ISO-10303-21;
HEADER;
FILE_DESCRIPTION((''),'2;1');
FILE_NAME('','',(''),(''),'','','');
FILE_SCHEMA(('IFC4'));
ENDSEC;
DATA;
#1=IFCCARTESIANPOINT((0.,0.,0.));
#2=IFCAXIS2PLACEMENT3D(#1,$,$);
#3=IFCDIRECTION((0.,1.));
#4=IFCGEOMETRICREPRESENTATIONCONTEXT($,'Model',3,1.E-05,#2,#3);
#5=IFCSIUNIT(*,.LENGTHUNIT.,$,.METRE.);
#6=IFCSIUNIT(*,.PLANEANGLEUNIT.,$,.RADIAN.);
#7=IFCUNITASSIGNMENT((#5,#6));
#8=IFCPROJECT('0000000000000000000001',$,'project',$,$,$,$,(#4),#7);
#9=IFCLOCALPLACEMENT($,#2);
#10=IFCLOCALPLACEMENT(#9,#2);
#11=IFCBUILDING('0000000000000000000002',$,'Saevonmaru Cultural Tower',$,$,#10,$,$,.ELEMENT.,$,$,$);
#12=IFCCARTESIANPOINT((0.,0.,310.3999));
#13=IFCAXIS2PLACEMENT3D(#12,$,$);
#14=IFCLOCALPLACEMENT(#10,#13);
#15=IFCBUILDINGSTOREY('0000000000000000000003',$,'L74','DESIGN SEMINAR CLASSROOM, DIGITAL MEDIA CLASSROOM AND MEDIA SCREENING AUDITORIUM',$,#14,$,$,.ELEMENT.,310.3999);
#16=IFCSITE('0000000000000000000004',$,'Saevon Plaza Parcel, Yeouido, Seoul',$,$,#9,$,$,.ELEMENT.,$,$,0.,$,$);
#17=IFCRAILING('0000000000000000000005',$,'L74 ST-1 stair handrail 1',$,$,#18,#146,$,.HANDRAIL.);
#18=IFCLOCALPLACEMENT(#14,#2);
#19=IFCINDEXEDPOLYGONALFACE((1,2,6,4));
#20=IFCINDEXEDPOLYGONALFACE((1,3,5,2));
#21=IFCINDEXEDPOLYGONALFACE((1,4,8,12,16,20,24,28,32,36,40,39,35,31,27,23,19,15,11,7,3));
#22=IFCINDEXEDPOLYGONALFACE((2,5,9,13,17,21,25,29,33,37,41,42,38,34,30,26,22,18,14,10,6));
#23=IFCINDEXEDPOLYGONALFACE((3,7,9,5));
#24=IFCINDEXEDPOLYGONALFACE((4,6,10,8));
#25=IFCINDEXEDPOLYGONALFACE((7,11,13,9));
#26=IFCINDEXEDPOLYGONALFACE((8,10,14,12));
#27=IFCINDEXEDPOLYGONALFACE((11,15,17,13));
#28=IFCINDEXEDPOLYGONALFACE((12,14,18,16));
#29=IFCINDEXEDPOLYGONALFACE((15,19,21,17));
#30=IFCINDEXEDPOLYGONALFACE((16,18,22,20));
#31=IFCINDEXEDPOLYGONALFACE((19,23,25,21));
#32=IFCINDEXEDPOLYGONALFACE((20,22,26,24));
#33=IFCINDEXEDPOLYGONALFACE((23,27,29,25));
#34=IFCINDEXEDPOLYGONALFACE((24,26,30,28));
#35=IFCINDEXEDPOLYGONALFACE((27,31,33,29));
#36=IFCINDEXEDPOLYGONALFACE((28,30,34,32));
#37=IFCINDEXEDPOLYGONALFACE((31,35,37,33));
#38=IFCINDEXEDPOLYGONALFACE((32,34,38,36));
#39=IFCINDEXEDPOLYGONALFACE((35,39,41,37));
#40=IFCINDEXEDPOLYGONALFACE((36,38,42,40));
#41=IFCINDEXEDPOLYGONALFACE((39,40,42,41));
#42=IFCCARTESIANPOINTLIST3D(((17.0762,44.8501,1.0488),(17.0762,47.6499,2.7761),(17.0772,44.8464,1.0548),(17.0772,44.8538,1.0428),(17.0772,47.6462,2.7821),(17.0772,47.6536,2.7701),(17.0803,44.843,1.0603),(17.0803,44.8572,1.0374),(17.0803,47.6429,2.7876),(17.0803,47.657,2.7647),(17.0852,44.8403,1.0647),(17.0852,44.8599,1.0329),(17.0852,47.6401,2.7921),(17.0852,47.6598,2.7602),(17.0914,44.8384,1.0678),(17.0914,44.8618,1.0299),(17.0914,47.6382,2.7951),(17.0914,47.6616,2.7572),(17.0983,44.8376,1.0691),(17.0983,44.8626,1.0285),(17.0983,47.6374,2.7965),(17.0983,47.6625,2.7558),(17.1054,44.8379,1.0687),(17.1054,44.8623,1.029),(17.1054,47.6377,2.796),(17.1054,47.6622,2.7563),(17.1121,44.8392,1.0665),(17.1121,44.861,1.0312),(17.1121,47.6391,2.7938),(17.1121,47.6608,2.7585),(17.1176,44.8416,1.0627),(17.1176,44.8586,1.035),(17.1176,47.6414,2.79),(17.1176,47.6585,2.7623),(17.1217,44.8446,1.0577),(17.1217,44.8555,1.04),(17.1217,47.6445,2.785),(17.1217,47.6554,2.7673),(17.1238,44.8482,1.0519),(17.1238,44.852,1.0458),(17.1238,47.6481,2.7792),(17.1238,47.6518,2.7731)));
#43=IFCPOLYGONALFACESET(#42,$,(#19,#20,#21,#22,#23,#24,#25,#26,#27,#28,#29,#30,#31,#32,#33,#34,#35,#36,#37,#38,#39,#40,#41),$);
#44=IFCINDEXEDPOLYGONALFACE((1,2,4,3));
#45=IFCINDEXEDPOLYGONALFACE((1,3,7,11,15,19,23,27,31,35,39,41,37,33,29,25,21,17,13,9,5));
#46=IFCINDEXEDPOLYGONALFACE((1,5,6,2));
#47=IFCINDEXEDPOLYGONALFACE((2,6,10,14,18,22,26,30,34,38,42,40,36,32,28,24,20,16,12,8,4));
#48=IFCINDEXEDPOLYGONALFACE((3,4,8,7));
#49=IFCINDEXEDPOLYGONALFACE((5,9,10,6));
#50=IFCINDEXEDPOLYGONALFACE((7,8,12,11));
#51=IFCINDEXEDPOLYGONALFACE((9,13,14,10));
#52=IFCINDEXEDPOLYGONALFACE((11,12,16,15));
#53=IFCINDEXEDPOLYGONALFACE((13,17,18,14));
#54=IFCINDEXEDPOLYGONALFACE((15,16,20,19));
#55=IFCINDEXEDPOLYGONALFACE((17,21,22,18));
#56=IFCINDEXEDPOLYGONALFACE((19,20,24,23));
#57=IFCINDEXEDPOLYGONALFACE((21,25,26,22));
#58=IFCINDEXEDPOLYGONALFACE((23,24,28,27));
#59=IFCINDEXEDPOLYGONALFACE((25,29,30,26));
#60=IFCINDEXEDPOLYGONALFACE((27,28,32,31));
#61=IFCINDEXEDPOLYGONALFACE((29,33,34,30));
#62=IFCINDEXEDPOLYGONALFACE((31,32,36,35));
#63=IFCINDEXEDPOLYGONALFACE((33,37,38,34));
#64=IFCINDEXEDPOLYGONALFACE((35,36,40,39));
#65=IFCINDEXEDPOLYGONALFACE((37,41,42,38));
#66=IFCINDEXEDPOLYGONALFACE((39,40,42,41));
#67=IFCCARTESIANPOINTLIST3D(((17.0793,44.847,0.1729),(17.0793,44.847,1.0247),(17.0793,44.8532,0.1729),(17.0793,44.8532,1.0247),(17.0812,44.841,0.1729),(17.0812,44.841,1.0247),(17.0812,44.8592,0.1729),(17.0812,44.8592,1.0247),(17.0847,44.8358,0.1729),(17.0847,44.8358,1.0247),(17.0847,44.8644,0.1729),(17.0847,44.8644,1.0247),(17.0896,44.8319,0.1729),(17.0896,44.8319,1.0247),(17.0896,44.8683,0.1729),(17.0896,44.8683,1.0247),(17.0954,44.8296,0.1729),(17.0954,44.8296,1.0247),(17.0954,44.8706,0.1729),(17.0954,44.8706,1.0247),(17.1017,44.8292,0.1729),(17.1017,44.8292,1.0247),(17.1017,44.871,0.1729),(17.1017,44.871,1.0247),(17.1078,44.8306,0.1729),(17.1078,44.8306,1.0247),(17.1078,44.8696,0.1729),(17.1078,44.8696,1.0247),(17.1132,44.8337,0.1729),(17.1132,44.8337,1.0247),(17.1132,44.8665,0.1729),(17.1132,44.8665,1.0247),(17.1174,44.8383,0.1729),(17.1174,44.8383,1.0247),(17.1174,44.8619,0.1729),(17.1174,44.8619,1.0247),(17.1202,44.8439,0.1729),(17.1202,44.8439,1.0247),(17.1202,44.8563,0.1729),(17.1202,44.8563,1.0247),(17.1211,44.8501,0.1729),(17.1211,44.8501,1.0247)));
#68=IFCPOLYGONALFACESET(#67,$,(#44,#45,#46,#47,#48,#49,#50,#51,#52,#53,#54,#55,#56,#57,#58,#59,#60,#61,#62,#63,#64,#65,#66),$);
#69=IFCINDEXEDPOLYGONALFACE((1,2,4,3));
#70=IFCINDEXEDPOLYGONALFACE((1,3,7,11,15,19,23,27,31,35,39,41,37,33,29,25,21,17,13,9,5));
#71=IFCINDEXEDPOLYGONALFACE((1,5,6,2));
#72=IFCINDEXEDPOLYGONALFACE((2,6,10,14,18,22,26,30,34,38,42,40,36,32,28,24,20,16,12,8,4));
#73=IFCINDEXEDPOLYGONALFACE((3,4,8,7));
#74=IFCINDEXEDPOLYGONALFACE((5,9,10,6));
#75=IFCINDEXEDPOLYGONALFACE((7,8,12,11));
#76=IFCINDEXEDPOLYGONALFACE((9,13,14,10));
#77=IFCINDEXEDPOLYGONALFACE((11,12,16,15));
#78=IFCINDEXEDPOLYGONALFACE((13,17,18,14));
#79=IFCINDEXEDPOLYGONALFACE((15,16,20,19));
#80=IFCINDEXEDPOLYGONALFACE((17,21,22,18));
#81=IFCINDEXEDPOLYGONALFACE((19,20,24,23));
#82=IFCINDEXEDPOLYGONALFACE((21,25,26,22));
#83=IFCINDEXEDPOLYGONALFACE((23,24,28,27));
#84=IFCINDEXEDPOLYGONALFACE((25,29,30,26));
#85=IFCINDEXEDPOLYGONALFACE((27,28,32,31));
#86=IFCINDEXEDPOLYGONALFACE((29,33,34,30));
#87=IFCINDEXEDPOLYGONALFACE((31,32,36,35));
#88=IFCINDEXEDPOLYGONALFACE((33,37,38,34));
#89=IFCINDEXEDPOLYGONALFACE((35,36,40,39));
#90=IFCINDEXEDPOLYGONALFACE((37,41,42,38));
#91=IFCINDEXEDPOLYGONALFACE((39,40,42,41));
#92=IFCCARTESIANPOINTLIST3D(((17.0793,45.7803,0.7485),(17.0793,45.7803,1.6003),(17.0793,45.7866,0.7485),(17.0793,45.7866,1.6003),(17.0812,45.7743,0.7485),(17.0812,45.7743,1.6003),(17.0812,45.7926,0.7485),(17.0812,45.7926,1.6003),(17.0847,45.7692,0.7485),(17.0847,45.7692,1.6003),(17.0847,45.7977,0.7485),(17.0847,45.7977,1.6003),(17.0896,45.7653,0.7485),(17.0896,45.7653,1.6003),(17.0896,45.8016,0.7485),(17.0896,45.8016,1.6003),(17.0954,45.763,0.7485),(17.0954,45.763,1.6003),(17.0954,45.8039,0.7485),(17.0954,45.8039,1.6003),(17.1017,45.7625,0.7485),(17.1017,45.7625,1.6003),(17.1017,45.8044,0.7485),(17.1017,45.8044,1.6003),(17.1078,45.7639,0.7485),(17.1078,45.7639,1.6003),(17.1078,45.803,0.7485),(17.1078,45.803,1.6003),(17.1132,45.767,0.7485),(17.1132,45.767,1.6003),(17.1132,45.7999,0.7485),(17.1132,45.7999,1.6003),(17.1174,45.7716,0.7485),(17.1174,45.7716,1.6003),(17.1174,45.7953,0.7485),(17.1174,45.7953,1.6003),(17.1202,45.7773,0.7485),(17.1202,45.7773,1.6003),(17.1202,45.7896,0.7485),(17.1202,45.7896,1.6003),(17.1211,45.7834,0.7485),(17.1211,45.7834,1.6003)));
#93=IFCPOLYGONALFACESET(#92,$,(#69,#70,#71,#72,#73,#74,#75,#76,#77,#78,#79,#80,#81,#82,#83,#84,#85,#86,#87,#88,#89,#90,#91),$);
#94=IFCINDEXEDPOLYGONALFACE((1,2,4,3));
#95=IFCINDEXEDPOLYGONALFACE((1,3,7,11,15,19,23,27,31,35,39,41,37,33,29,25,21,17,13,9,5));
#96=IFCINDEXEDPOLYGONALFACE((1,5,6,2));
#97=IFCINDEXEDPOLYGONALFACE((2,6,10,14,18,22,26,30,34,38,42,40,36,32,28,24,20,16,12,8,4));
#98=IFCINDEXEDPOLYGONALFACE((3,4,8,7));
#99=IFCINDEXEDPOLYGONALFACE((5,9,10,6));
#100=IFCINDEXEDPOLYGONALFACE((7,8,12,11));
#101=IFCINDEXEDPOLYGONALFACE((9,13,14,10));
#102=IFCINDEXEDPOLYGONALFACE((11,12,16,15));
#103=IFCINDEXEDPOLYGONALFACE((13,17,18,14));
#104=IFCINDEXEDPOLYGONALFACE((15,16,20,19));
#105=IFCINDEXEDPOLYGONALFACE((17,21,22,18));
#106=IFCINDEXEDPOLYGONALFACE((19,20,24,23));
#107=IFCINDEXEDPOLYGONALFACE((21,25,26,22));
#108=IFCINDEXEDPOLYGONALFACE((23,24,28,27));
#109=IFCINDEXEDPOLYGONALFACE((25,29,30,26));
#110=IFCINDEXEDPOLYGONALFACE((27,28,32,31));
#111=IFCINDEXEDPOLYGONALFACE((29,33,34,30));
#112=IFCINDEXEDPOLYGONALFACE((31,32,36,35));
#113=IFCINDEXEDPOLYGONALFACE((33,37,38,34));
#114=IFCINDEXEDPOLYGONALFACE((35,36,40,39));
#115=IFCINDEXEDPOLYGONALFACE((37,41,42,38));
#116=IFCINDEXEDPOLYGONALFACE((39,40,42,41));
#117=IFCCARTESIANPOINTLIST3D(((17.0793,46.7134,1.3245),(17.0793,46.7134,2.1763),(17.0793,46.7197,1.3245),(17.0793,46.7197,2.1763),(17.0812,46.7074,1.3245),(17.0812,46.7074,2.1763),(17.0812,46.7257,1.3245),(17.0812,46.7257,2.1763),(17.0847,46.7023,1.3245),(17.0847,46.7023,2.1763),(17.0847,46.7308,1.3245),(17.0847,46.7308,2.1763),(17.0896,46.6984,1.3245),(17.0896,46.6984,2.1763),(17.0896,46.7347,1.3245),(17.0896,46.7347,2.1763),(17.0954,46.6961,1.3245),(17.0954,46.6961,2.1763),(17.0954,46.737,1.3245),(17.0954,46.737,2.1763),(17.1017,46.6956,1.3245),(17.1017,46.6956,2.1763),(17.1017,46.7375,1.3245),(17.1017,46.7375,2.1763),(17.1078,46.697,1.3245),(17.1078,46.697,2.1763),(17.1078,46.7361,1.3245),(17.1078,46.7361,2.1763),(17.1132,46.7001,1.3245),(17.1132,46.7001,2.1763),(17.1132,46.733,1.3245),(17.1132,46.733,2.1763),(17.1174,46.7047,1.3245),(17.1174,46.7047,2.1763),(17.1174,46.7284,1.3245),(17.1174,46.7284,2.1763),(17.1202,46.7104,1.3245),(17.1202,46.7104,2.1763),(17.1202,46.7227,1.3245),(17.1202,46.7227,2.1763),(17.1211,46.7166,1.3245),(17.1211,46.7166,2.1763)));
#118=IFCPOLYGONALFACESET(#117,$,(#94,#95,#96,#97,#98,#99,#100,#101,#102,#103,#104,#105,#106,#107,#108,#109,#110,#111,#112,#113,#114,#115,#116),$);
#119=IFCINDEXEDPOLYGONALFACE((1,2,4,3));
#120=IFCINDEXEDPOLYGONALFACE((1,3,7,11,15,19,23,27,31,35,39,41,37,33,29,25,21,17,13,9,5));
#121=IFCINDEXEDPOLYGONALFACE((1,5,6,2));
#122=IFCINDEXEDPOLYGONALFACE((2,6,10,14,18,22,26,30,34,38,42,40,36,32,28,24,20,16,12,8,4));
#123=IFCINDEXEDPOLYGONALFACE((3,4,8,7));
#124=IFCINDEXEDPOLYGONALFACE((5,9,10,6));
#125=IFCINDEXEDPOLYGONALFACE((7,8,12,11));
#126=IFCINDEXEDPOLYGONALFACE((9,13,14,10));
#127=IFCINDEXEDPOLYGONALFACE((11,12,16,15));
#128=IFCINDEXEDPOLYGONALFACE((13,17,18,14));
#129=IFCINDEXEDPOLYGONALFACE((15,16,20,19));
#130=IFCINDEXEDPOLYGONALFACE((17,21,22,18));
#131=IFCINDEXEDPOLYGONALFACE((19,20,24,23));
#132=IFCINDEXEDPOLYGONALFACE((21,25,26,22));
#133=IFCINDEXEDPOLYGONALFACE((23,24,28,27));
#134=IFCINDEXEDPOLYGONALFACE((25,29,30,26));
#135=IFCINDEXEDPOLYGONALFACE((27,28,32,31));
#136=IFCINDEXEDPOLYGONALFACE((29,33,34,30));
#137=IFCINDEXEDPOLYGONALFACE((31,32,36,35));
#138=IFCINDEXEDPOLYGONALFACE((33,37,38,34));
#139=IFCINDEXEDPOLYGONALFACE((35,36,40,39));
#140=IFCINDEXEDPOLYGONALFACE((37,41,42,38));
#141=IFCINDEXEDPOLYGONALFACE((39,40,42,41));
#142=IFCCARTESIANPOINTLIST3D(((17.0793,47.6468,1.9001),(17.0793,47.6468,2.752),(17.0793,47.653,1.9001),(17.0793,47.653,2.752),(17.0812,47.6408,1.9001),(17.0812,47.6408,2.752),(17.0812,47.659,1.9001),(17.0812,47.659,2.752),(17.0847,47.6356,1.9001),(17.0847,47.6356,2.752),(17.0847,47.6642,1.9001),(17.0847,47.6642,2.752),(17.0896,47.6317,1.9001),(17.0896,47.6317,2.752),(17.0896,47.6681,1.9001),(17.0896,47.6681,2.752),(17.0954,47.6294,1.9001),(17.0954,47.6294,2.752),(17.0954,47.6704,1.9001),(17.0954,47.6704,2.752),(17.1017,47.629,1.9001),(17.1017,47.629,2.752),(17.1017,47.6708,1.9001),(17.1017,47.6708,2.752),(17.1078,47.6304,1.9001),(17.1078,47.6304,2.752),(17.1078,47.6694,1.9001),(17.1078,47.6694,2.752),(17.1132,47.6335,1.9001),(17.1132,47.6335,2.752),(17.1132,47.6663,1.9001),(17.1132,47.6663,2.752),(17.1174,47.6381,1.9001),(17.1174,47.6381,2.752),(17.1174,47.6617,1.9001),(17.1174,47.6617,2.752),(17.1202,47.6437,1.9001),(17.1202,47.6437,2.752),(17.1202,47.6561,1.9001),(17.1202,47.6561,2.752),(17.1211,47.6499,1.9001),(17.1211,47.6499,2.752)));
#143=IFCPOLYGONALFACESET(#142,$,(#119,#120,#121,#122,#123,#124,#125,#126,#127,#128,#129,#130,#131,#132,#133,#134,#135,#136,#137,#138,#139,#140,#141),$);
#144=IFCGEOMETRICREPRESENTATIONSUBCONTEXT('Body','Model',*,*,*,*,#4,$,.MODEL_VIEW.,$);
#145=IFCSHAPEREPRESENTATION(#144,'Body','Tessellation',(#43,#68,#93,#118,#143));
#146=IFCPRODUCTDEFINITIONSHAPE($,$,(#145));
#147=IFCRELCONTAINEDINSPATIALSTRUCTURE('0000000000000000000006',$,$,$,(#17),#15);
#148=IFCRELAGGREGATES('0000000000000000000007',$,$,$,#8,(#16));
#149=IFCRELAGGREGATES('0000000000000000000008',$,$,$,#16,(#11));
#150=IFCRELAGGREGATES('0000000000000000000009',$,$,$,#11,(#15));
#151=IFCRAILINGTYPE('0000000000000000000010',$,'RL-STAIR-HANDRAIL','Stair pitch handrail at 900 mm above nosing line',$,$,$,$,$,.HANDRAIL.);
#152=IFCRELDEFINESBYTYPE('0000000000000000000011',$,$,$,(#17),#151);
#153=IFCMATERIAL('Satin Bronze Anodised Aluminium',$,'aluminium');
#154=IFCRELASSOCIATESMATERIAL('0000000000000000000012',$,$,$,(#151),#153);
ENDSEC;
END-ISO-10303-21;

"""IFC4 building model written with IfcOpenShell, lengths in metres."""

from ifc_helpers import new_model, si_unit, direction, frame, origin, origin_2d, place, context, subcontext, project, spatial, circle, extrude, material, type_object, element, save


model = new_model("IFC4")

# Units and contexts
model_context = context("Model", 3, precision=1e-05, world=origin(), true_north=direction((0.0, 1.0)))
body_context = subcontext(model_context, "Body", "Model", "MODEL_VIEW")
ifc_project = project(units=[si_unit("LENGTHUNIT", "METRE"), si_unit("PLANEANGLEUNIT", "RADIAN")], contexts=[model_context])

# Site, building, storey
site_placement = place(None, origin())
site = spatial("IfcSite", under=ifc_project, at=site_placement, Name="Saevon Plaza Parcel, Yeouido, Seoul", CompositionType="ELEMENT", RefElevation=0.0)
building_placement = place(site_placement, origin())
building = spatial("IfcBuilding", under=site, at=building_placement, Name="Saevonmaru Cultural Tower", CompositionType="ELEMENT")
storey_placement = place(building_placement, frame((0.0, 0.0, 310.3999)))
storey = spatial("IfcBuildingStorey", under=building, at=storey_placement, Name="L74", Description="DESIGN SEMINAR CLASSROOM, DIGITAL MEDIA CLASSROOM AND MEDIA SCREENING AUDITORIUM", CompositionType="ELEMENT", Elevation=310.3999)

# Shared definitions
ifc_material_1 = material(Name="Satin Bronze Anodised Aluminium", Category="aluminium")

# Railing
railing_type_1 = type_object("IfcRailingType", Name="RL-STAIR-HANDRAIL", Description="Stair pitch handrail at 900 mm above nosing line", PredefinedType="HANDRAIL", material=ifc_material_1)
railing_1_placement = place(storey_placement, frame((17.1001, 44.8501, 0.1729)))
element("IfcRailing", 1, at=railing_1_placement, inside=storey, type_object=railing_type_1, Name="L74 ST-1 stair handrail 1", PredefinedType="HANDRAIL", context=body_context, shape_type="SweptSolid", body=[
    extrude(circle(Radius=0.0239, at=origin_2d()), frame((0.0, 0.0, 0.876), z_axis=(0.0, 0.851069, 0.525054), x_axis=(-1.0, 0.0, 0.0)), (0.0, 0.0, 1.0), 3.2898),
    extrude(circle(Radius=0.021, at=origin_2d()), origin(), (0.0, 0.0, 1.0), 0.8518),
    extrude(circle(Radius=0.021, at=origin_2d()), frame((0.0, 0.9333, 0.5757)), (0.0, 0.0, 1.0), 0.8518),
    extrude(circle(Radius=0.021, at=origin_2d()), frame((0.0, 1.8665, 1.1516)), (0.0, 0.0, 1.0), 0.8518),
    extrude(circle(Radius=0.021, at=origin_2d()), frame((0.0, 2.7998, 1.7273)), (0.0, 0.0, 1.0), 0.8518),
])

save(model, "model.ifc")
